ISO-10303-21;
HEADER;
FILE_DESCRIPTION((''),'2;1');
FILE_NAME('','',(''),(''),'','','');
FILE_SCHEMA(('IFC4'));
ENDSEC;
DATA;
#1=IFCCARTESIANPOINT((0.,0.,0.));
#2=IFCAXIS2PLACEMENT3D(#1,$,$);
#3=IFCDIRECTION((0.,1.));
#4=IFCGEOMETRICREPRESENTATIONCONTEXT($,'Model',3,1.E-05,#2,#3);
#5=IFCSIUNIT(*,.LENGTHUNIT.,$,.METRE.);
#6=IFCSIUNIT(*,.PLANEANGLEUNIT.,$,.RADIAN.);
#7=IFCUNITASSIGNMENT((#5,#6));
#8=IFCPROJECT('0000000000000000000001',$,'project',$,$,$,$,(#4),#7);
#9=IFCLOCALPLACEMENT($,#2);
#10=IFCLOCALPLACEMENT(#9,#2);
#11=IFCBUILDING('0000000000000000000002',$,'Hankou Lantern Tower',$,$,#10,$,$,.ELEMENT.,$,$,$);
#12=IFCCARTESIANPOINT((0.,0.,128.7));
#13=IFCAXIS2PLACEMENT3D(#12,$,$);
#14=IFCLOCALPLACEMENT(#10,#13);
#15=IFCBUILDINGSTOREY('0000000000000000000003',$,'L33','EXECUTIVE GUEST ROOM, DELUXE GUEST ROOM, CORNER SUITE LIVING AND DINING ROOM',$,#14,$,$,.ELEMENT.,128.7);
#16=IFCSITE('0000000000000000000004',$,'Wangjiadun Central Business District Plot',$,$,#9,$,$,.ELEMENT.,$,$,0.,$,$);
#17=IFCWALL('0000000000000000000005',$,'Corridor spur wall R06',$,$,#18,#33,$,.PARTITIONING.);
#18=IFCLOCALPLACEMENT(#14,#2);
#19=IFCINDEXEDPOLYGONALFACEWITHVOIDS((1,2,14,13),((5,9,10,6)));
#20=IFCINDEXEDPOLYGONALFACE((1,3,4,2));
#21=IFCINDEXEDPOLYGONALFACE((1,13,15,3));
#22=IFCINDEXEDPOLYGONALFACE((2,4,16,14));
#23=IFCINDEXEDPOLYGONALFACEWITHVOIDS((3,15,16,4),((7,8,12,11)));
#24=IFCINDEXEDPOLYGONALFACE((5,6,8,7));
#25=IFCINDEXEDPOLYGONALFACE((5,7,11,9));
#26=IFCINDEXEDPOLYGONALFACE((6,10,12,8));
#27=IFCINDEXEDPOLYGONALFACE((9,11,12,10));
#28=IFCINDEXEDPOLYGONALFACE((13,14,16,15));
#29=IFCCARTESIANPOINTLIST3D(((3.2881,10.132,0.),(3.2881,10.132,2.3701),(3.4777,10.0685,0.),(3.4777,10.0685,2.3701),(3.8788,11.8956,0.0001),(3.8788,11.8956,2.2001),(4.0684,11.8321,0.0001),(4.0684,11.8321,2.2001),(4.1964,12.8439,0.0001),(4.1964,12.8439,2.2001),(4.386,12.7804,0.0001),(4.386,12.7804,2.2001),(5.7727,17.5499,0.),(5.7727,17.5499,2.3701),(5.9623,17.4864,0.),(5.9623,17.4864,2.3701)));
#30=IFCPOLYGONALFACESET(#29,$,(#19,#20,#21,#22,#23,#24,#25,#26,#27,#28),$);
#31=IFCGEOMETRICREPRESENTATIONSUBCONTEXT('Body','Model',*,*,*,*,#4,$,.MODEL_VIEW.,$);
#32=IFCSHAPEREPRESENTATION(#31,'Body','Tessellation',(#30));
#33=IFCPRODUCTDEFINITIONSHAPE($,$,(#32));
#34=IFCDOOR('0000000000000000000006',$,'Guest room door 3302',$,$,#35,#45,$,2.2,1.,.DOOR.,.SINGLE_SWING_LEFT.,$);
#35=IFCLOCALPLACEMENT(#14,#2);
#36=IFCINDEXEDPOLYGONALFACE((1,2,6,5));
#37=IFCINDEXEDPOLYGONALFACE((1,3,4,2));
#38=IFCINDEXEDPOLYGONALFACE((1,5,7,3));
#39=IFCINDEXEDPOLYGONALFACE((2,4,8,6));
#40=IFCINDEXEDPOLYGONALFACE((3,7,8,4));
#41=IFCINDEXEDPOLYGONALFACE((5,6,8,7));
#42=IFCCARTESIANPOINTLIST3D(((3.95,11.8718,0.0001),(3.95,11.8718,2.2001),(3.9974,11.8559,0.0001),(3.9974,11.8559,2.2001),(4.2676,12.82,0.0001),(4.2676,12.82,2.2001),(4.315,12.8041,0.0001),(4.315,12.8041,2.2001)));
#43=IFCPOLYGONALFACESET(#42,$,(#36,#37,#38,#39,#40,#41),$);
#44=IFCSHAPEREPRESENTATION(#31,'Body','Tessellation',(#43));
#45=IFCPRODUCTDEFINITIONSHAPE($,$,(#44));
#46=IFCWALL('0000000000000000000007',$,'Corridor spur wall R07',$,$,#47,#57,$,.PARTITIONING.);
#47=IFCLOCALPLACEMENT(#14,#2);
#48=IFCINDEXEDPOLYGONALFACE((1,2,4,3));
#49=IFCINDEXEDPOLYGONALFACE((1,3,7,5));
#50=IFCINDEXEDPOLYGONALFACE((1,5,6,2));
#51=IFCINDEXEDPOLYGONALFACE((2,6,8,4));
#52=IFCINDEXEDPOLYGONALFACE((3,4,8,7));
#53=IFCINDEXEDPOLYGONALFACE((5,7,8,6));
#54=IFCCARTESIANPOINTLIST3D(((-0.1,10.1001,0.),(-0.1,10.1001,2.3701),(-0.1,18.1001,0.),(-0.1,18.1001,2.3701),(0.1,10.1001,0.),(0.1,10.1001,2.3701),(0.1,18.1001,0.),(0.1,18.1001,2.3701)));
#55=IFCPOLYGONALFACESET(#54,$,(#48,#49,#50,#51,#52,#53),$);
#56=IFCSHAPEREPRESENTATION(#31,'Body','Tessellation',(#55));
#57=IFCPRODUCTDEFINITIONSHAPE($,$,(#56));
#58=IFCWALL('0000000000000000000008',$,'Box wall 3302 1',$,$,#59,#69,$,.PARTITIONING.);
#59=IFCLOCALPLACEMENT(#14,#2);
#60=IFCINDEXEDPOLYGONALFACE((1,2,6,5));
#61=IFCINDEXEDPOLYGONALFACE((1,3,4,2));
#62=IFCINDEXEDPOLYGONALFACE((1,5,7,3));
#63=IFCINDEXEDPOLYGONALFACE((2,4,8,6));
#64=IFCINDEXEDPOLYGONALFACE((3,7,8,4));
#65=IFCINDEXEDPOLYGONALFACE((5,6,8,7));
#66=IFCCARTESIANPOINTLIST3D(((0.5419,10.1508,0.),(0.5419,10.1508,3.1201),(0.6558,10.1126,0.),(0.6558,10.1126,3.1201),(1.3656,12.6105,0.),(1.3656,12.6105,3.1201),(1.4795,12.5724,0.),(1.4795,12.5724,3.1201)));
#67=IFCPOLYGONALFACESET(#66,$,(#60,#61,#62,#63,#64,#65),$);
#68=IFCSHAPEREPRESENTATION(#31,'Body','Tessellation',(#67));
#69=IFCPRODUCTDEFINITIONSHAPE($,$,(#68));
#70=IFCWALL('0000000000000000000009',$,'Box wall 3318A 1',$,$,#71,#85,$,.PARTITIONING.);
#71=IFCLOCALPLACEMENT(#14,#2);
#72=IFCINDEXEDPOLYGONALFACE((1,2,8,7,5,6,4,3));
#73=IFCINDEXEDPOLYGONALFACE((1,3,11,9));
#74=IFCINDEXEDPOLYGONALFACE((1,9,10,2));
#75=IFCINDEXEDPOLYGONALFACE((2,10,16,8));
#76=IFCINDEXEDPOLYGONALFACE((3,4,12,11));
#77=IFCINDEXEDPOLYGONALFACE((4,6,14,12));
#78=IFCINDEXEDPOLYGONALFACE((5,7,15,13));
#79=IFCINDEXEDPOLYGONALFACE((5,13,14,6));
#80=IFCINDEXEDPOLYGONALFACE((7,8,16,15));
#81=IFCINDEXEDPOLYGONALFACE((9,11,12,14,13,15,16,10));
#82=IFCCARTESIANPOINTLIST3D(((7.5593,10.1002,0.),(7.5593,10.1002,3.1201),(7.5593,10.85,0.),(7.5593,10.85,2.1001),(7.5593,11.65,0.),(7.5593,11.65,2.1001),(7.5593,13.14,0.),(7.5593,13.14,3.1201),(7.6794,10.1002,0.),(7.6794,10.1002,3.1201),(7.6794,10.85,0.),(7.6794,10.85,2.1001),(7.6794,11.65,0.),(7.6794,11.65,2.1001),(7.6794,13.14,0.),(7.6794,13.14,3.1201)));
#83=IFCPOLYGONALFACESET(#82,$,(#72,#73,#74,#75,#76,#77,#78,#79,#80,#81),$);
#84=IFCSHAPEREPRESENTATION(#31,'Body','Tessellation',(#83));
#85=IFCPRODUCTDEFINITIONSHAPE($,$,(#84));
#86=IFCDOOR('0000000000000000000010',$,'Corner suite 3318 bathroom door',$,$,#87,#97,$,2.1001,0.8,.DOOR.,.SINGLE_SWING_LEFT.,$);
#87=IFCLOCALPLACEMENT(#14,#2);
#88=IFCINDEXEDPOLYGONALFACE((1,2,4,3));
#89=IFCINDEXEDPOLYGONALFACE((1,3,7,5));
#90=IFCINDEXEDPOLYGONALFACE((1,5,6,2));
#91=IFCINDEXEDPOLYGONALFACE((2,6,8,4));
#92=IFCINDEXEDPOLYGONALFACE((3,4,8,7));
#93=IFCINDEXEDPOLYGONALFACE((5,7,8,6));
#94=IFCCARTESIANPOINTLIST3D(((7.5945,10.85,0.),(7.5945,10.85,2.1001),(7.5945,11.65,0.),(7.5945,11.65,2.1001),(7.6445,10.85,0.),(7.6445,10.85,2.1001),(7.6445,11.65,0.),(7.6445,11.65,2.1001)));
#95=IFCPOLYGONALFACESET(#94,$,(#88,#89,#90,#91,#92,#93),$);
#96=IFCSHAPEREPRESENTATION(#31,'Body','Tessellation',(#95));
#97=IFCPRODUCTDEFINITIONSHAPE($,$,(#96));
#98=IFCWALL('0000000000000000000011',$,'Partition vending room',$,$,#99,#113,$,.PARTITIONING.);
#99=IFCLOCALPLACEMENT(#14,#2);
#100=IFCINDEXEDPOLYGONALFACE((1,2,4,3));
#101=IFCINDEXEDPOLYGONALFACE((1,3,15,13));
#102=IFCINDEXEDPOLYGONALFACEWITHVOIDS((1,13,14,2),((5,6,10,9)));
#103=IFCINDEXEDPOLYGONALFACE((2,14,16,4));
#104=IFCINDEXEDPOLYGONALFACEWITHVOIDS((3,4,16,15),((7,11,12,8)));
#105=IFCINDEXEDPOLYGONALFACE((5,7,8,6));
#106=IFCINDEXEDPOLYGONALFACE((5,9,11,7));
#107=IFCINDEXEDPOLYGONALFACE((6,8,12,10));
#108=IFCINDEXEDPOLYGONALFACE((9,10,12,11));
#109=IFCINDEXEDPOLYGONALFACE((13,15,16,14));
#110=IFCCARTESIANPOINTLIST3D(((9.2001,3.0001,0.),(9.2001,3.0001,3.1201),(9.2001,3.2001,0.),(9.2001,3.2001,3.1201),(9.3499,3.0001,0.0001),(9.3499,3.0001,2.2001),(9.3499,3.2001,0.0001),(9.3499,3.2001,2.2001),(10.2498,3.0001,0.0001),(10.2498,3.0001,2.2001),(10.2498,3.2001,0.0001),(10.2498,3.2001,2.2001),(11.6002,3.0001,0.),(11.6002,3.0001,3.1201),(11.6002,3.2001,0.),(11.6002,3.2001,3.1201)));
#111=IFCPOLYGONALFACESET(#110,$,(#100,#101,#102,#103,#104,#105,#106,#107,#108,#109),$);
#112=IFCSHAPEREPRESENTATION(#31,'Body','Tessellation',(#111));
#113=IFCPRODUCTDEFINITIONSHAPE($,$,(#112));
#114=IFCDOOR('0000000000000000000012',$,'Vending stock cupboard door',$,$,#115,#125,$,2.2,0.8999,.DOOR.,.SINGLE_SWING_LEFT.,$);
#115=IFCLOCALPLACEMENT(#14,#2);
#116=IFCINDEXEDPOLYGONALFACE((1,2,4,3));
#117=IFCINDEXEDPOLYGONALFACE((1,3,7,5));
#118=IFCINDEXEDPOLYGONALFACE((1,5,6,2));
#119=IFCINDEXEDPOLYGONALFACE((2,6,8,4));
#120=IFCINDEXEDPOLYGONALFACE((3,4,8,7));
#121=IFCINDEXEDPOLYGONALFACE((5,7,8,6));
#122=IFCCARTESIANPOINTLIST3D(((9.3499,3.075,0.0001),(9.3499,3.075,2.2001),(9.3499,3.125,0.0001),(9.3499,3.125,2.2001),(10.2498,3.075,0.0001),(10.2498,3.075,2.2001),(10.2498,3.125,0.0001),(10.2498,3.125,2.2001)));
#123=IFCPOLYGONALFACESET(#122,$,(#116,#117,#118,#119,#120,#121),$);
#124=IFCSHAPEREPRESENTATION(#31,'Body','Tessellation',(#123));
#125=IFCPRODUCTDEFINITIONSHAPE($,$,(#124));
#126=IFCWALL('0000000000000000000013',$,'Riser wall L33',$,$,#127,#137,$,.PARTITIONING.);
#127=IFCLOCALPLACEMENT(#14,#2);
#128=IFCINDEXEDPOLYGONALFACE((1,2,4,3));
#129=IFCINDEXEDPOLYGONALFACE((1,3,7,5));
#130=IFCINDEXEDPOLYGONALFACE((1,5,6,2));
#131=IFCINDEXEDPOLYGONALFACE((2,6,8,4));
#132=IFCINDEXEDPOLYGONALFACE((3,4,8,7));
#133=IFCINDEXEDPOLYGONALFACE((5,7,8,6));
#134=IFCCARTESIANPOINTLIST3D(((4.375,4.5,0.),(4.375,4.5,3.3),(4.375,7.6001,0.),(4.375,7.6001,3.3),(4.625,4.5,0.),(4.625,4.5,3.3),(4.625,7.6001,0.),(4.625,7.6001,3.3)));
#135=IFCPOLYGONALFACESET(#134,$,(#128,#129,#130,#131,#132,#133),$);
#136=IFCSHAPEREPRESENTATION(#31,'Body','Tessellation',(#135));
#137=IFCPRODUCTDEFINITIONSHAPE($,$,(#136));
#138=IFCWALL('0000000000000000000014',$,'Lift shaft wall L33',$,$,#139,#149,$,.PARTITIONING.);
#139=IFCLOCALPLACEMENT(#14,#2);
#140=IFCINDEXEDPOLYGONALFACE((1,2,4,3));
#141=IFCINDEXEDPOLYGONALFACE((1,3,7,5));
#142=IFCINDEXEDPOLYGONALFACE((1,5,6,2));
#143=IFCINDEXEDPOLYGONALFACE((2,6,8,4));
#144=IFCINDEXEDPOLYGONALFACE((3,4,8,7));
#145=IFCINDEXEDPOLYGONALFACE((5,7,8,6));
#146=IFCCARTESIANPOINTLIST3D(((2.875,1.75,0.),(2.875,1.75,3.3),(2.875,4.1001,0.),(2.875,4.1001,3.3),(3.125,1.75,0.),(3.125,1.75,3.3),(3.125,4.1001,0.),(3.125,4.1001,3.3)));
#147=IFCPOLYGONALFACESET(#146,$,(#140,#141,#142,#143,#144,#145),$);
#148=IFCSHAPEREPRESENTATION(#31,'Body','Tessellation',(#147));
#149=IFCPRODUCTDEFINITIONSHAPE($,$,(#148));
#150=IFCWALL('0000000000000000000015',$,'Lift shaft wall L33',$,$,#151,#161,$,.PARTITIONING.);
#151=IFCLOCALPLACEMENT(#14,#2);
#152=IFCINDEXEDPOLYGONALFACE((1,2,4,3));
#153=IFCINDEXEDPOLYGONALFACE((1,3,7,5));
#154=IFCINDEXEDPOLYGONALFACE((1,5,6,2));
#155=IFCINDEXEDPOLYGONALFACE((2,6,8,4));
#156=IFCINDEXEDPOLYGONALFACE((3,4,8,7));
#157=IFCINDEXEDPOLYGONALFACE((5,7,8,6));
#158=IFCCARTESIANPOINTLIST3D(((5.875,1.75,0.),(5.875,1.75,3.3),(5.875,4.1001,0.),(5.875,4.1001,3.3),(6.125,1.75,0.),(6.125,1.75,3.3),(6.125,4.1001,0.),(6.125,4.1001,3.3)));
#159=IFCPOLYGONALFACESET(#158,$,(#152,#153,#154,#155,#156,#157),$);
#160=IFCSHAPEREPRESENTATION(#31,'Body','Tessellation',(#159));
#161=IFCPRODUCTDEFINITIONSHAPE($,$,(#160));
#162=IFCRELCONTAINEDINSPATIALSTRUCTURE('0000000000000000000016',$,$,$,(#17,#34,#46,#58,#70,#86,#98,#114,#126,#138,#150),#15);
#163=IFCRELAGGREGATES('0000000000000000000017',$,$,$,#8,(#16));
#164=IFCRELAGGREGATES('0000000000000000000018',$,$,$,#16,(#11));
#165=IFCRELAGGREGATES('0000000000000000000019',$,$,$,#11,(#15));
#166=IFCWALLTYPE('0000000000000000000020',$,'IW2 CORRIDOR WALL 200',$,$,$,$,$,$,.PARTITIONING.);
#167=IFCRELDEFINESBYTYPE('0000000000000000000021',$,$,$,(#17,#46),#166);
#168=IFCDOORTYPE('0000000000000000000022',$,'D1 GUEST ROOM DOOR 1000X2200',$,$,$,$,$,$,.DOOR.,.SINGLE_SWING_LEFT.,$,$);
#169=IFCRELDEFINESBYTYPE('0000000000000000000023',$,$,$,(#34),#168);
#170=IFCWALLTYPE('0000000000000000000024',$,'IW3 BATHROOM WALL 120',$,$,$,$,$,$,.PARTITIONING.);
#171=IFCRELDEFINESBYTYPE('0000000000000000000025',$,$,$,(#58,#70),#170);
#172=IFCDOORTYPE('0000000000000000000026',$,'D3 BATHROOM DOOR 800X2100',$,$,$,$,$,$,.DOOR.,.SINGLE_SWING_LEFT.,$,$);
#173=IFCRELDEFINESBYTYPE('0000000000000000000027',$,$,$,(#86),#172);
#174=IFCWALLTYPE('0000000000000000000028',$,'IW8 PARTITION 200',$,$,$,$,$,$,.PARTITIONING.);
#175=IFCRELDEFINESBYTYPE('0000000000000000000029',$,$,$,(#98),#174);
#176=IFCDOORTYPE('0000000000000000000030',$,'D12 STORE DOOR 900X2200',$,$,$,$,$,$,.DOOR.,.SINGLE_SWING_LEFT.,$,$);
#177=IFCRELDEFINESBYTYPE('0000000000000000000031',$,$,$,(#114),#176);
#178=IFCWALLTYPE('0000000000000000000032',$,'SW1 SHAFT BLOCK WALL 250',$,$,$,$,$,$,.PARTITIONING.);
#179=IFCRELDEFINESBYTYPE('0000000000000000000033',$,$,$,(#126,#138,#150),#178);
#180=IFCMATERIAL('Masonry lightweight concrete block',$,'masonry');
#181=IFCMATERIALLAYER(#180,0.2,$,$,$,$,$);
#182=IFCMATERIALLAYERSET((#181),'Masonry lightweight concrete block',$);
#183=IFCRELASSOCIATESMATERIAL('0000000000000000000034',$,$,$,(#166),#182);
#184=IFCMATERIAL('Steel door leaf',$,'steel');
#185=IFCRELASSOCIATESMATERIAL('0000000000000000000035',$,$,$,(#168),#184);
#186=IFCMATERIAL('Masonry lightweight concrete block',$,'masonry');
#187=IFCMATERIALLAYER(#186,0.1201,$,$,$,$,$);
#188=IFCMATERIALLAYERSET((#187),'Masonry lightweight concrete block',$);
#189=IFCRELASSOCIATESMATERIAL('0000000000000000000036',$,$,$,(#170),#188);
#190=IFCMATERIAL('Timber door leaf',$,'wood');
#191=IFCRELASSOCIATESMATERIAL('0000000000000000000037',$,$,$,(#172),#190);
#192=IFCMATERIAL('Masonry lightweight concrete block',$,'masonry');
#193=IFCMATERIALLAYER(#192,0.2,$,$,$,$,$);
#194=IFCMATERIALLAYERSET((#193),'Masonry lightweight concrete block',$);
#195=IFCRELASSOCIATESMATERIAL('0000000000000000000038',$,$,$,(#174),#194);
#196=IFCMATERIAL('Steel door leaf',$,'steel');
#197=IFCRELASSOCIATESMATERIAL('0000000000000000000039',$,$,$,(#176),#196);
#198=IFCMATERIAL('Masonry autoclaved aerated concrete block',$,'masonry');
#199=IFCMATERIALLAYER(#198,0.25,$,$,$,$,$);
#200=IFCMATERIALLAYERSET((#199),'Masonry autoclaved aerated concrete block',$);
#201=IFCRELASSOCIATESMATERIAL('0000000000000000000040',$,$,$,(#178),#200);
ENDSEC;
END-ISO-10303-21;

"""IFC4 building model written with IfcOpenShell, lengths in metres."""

from ifc_helpers import new_model, si_unit, direction, frame, frame_2d, origin, place, context, subcontext, project, spatial, rectangle, extrude, material, layer, layer_set, type_object, element, fill, save


model = new_model("IFC4")

# Units and contexts
model_context = context("Model", 3, precision=1e-05, world=origin(), true_north=direction((0.0, 1.0)))
body_context = subcontext(model_context, "Body", "Model", "MODEL_VIEW")
ifc_project = project(units=[si_unit("LENGTHUNIT", "METRE"), si_unit("PLANEANGLEUNIT", "RADIAN")], contexts=[model_context])

# Site, building, storey
site_placement = place(None, origin())
site = spatial("IfcSite", under=ifc_project, at=site_placement, Name="Wangjiadun Central Business District Plot", CompositionType="ELEMENT", RefElevation=0.0)
building_placement = place(site_placement, origin())
building = spatial("IfcBuilding", under=site, at=building_placement, Name="Hankou Lantern Tower", CompositionType="ELEMENT")
storey_placement = place(building_placement, frame((0.0, 0.0, 128.7)))
storey = spatial("IfcBuildingStorey", under=building, at=storey_placement, Name="L33", Description="EXECUTIVE GUEST ROOM, DELUXE GUEST ROOM, CORNER SUITE LIVING AND DINING ROOM", CompositionType="ELEMENT", Elevation=128.7)

# Shared definitions
ifc_material_1 = material(Name="Masonry lightweight concrete block", Category="masonry")
ifc_layer_1 = layer(ifc_material_1, 0.2)
ifc_layer_set_1 = layer_set([ifc_layer_1], Name="Masonry lightweight concrete block")
wall_type_1 = type_object("IfcWallType", Name="IW2 CORRIDOR WALL 200", PredefinedType="PARTITIONING", material=ifc_layer_set_1)

# Wall, opening, door
wall_1_placement = place(storey_placement, frame((3.3828, 10.1001, 0.0), z_axis=(0.0, 0.0, 1.0), x_axis=(0.317604, 0.948224, 0.0)))
wall_1 = element("IfcWall", 1, at=wall_1_placement, inside=storey, type_object=wall_type_1, Name="Corridor spur wall R06", PredefinedType="PARTITIONING", context=body_context, shape_type="SweptSolid", body=[
    extrude(rectangle(XDim=7.823, YDim=0.2, at=frame_2d((3.9116, 0.0))), origin(), (0.0, 0.0, 1.0), 2.3701),
])
opening_1_placement = place(wall_1_placement, frame((1.8601, 0.0, 0.0)))
opening_1 = element("IfcOpeningElement", 2, at=opening_1_placement, cuts=wall_1, PredefinedType="OPENING", context=body_context, shape_type="SweptSolid", body=[
    extrude(rectangle(XDim=1.0, YDim=2.2, at=frame_2d((0.5, 1.1001))), frame((0.0, 0.1099, 0.0), z_axis=(0.0, -1.0, 0.0), x_axis=(1.0, 0.0, 0.0)), (0.0, 0.0, 1.0), 0.22),
])
ifc_material_2 = material(Name="Steel door leaf", Category="steel")
door_type_1 = type_object("IfcDoorType", Name="D1 GUEST ROOM DOOR 1000X2200", OperationType="SINGLE_SWING_LEFT", PredefinedType="DOOR", material=ifc_material_2)
door_1_placement = place(opening_1_placement, origin())
door_1 = element("IfcDoor", 3, at=door_1_placement, inside=storey, type_object=door_type_1, Name="Guest room door 3302", OperationType="SINGLE_SWING_LEFT", OverallHeight=2.2, OverallWidth=1.0, PredefinedType="DOOR", context=body_context, shape_type="SweptSolid", body=[
    extrude(rectangle(XDim=1.0, YDim=2.2, at=frame_2d((0.5, 1.1001))), frame((0.0, 0.0249, 0.0), z_axis=(0.0, -1.0, 0.0), x_axis=(1.0, 0.0, 0.0)), (0.0, 0.0, 1.0), 0.05),
])
fill(opening_1, door_1)

# Walls
wall_2_placement = place(storey_placement, frame((0.0, 10.1001, 0.0), z_axis=(0.0, 0.0, 1.0), x_axis=(0.0, 1.0, 0.0)))
element("IfcWall", 4, at=wall_2_placement, inside=storey, type_object=wall_type_1, Name="Corridor spur wall R07", PredefinedType="PARTITIONING", context=body_context, shape_type="SweptSolid", body=[
    extrude(rectangle(XDim=8.0, YDim=0.2, at=frame_2d((4.0, 0.0))), origin(), (0.0, 0.0, 1.0), 2.3701),
])
ifc_material_3 = material(Name="Masonry lightweight concrete block", Category="masonry")
ifc_layer_2 = layer(ifc_material_3, 0.1201)
ifc_layer_set_2 = layer_set([ifc_layer_2], Name="Masonry lightweight concrete block")
wall_type_2 = type_object("IfcWallType", Name="IW3 BATHROOM WALL 120", PredefinedType="PARTITIONING", material=ifc_layer_set_2)
wall_3_placement = place(storey_placement, frame((0.5989, 10.1318, 0.0), z_axis=(0.0, 0.0, 1.0), x_axis=(0.317555, 0.94824, 0.0)))
element("IfcWall", 5, at=wall_3_placement, inside=storey, type_object=wall_type_2, Name="Box wall 3302 1", PredefinedType="PARTITIONING", context=body_context, shape_type="SweptSolid", body=[
    extrude(rectangle(XDim=2.594, YDim=0.1201, at=frame_2d((1.2969, 0.0))), origin(), (0.0, 0.0, 1.0), 3.1201),
])

# Walls, openings, doors
wall_4_placement = place(storey_placement, frame((7.6194, 10.1001, 0.0), z_axis=(0.0, 0.0, 1.0), x_axis=(0.0, 1.0, 0.0)))
wall_4 = element("IfcWall", 6, at=wall_4_placement, inside=storey, type_object=wall_type_2, Name="Box wall 3318A 1", PredefinedType="PARTITIONING", context=body_context, shape_type="SweptSolid", body=[
    extrude(rectangle(XDim=3.0398, YDim=0.1201, at=frame_2d((1.52, 0.0))), origin(), (0.0, 0.0, 1.0), 3.1201),
])
opening_2_placement = place(wall_4_placement, frame((0.75, 0.0, 0.0)))
opening_2 = element("IfcOpeningElement", 7, at=opening_2_placement, cuts=wall_4, PredefinedType="OPENING", context=body_context, shape_type="SweptSolid", body=[
    extrude(rectangle(XDim=0.8, YDim=2.1001, at=frame_2d((0.3999, 1.05))), frame((0.0, 0.0701, 0.0), z_axis=(0.0, -1.0, 0.0), x_axis=(1.0, 0.0, 0.0)), (0.0, 0.0, 1.0), 0.1401),
])
ifc_material_4 = material(Name="Timber door leaf", Category="wood")
door_type_2 = type_object("IfcDoorType", Name="D3 BATHROOM DOOR 800X2100", OperationType="SINGLE_SWING_LEFT", PredefinedType="DOOR", material=ifc_material_4)
door_2_placement = place(opening_2_placement, origin())
door_2 = element("IfcDoor", 8, at=door_2_placement, inside=storey, type_object=door_type_2, Name="Corner suite 3318 bathroom door", OperationType="SINGLE_SWING_LEFT", OverallHeight=2.1001, OverallWidth=0.8, PredefinedType="DOOR", context=body_context, shape_type="SweptSolid", body=[
    extrude(rectangle(XDim=0.8, YDim=2.1001, at=frame_2d((0.3999, 1.05))), frame((0.0, 0.0249, 0.0), z_axis=(0.0, -1.0, 0.0), x_axis=(1.0, 0.0, 0.0)), (0.0, 0.0, 1.0), 0.05),
])
fill(opening_2, door_2)
ifc_material_5 = material(Name="Masonry lightweight concrete block", Category="masonry")
ifc_layer_3 = layer(ifc_material_5, 0.2)
ifc_layer_set_3 = layer_set([ifc_layer_3], Name="Masonry lightweight concrete block")
wall_type_3 = type_object("IfcWallType", Name="IW8 PARTITION 200", PredefinedType="PARTITIONING", material=ifc_layer_set_3)
wall_5_placement = place(storey_placement, frame((9.2, 3.1001, 0.0), z_axis=(0.0, 0.0, 1.0), x_axis=(1.0, 0.0, 0.0)))
wall_5 = element("IfcWall", 9, at=wall_5_placement, inside=storey, type_object=wall_type_3, Name="Partition vending room", PredefinedType="PARTITIONING", context=body_context, shape_type="SweptSolid", body=[
    extrude(rectangle(XDim=2.4001, YDim=0.2, at=frame_2d((1.2002, 0.0))), origin(), (0.0, 0.0, 1.0), 3.1201),
])
opening_3_placement = place(wall_5_placement, frame((0.1499, 0.0, 0.0)))
opening_3 = element("IfcOpeningElement", 10, at=opening_3_placement, cuts=wall_5, PredefinedType="OPENING", context=body_context, shape_type="SweptSolid", body=[
    extrude(rectangle(XDim=0.8999, YDim=2.2, at=frame_2d((0.45, 1.1001))), frame((0.0, 0.1099, 0.0), z_axis=(0.0, -1.0, 0.0), x_axis=(1.0, 0.0, 0.0)), (0.0, 0.0, 1.0), 0.22),
])
ifc_material_6 = material(Name="Steel door leaf", Category="steel")
door_type_3 = type_object("IfcDoorType", Name="D12 STORE DOOR 900X2200", OperationType="SINGLE_SWING_LEFT", PredefinedType="DOOR", material=ifc_material_6)
door_3_placement = place(opening_3_placement, origin())
door_3 = element("IfcDoor", 11, at=door_3_placement, inside=storey, type_object=door_type_3, Name="Vending stock cupboard door", OperationType="SINGLE_SWING_LEFT", OverallHeight=2.2, OverallWidth=0.8999, PredefinedType="DOOR", context=body_context, shape_type="SweptSolid", body=[
    extrude(rectangle(XDim=0.8999, YDim=2.2, at=frame_2d((0.45, 1.1001))), frame((0.0, 0.0249, 0.0), z_axis=(0.0, -1.0, 0.0), x_axis=(1.0, 0.0, 0.0)), (0.0, 0.0, 1.0), 0.05),
])
fill(opening_3, door_3)

# Walls
ifc_material_7 = material(Name="Masonry autoclaved aerated concrete block", Category="masonry")
ifc_layer_4 = layer(ifc_material_7, 0.25)
ifc_layer_set_4 = layer_set([ifc_layer_4], Name="Masonry autoclaved aerated concrete block")
wall_type_4 = type_object("IfcWallType", Name="SW1 SHAFT BLOCK WALL 250", PredefinedType="PARTITIONING", material=ifc_layer_set_4)
wall_6_placement = place(storey_placement, frame((4.5, 4.5, 0.0), z_axis=(0.0, 0.0, 1.0), x_axis=(0.0, 1.0, 0.0)))
element("IfcWall", 12, at=wall_6_placement, inside=storey, type_object=wall_type_4, Name="Riser wall L33", PredefinedType="PARTITIONING", context=body_context, shape_type="SweptSolid", body=[
    extrude(rectangle(XDim=3.1001, YDim=0.25, at=frame_2d((1.55, 0.0))), origin(), (0.0, 0.0, 1.0), 3.3),
])
for number, where, z_axis, x_axis, name in (
    (13, (3.0, 1.75, 0.0), (0.0, 0.0, 1.0), (0.0, 1.0, 0.0), "Lift shaft wall L33"),
    (14, (6.0, 1.75, 0.0), (0.0, 0.0, 1.0), (0.0, 1.0, 0.0), "Lift shaft wall L33"),
):
    element("IfcWall", number, at=place(storey_placement, frame(where, z_axis=z_axis, x_axis=x_axis)), inside=storey, type_object=wall_type_4, Name=name, PredefinedType="PARTITIONING", context=body_context, shape_type="SweptSolid", body=[
        extrude(rectangle(XDim=2.3501, YDim=0.25, at=frame_2d((1.175, 0.0))), origin(), (0.0, 0.0, 1.0), 3.3),
    ])

save(model, "model.ifc")
